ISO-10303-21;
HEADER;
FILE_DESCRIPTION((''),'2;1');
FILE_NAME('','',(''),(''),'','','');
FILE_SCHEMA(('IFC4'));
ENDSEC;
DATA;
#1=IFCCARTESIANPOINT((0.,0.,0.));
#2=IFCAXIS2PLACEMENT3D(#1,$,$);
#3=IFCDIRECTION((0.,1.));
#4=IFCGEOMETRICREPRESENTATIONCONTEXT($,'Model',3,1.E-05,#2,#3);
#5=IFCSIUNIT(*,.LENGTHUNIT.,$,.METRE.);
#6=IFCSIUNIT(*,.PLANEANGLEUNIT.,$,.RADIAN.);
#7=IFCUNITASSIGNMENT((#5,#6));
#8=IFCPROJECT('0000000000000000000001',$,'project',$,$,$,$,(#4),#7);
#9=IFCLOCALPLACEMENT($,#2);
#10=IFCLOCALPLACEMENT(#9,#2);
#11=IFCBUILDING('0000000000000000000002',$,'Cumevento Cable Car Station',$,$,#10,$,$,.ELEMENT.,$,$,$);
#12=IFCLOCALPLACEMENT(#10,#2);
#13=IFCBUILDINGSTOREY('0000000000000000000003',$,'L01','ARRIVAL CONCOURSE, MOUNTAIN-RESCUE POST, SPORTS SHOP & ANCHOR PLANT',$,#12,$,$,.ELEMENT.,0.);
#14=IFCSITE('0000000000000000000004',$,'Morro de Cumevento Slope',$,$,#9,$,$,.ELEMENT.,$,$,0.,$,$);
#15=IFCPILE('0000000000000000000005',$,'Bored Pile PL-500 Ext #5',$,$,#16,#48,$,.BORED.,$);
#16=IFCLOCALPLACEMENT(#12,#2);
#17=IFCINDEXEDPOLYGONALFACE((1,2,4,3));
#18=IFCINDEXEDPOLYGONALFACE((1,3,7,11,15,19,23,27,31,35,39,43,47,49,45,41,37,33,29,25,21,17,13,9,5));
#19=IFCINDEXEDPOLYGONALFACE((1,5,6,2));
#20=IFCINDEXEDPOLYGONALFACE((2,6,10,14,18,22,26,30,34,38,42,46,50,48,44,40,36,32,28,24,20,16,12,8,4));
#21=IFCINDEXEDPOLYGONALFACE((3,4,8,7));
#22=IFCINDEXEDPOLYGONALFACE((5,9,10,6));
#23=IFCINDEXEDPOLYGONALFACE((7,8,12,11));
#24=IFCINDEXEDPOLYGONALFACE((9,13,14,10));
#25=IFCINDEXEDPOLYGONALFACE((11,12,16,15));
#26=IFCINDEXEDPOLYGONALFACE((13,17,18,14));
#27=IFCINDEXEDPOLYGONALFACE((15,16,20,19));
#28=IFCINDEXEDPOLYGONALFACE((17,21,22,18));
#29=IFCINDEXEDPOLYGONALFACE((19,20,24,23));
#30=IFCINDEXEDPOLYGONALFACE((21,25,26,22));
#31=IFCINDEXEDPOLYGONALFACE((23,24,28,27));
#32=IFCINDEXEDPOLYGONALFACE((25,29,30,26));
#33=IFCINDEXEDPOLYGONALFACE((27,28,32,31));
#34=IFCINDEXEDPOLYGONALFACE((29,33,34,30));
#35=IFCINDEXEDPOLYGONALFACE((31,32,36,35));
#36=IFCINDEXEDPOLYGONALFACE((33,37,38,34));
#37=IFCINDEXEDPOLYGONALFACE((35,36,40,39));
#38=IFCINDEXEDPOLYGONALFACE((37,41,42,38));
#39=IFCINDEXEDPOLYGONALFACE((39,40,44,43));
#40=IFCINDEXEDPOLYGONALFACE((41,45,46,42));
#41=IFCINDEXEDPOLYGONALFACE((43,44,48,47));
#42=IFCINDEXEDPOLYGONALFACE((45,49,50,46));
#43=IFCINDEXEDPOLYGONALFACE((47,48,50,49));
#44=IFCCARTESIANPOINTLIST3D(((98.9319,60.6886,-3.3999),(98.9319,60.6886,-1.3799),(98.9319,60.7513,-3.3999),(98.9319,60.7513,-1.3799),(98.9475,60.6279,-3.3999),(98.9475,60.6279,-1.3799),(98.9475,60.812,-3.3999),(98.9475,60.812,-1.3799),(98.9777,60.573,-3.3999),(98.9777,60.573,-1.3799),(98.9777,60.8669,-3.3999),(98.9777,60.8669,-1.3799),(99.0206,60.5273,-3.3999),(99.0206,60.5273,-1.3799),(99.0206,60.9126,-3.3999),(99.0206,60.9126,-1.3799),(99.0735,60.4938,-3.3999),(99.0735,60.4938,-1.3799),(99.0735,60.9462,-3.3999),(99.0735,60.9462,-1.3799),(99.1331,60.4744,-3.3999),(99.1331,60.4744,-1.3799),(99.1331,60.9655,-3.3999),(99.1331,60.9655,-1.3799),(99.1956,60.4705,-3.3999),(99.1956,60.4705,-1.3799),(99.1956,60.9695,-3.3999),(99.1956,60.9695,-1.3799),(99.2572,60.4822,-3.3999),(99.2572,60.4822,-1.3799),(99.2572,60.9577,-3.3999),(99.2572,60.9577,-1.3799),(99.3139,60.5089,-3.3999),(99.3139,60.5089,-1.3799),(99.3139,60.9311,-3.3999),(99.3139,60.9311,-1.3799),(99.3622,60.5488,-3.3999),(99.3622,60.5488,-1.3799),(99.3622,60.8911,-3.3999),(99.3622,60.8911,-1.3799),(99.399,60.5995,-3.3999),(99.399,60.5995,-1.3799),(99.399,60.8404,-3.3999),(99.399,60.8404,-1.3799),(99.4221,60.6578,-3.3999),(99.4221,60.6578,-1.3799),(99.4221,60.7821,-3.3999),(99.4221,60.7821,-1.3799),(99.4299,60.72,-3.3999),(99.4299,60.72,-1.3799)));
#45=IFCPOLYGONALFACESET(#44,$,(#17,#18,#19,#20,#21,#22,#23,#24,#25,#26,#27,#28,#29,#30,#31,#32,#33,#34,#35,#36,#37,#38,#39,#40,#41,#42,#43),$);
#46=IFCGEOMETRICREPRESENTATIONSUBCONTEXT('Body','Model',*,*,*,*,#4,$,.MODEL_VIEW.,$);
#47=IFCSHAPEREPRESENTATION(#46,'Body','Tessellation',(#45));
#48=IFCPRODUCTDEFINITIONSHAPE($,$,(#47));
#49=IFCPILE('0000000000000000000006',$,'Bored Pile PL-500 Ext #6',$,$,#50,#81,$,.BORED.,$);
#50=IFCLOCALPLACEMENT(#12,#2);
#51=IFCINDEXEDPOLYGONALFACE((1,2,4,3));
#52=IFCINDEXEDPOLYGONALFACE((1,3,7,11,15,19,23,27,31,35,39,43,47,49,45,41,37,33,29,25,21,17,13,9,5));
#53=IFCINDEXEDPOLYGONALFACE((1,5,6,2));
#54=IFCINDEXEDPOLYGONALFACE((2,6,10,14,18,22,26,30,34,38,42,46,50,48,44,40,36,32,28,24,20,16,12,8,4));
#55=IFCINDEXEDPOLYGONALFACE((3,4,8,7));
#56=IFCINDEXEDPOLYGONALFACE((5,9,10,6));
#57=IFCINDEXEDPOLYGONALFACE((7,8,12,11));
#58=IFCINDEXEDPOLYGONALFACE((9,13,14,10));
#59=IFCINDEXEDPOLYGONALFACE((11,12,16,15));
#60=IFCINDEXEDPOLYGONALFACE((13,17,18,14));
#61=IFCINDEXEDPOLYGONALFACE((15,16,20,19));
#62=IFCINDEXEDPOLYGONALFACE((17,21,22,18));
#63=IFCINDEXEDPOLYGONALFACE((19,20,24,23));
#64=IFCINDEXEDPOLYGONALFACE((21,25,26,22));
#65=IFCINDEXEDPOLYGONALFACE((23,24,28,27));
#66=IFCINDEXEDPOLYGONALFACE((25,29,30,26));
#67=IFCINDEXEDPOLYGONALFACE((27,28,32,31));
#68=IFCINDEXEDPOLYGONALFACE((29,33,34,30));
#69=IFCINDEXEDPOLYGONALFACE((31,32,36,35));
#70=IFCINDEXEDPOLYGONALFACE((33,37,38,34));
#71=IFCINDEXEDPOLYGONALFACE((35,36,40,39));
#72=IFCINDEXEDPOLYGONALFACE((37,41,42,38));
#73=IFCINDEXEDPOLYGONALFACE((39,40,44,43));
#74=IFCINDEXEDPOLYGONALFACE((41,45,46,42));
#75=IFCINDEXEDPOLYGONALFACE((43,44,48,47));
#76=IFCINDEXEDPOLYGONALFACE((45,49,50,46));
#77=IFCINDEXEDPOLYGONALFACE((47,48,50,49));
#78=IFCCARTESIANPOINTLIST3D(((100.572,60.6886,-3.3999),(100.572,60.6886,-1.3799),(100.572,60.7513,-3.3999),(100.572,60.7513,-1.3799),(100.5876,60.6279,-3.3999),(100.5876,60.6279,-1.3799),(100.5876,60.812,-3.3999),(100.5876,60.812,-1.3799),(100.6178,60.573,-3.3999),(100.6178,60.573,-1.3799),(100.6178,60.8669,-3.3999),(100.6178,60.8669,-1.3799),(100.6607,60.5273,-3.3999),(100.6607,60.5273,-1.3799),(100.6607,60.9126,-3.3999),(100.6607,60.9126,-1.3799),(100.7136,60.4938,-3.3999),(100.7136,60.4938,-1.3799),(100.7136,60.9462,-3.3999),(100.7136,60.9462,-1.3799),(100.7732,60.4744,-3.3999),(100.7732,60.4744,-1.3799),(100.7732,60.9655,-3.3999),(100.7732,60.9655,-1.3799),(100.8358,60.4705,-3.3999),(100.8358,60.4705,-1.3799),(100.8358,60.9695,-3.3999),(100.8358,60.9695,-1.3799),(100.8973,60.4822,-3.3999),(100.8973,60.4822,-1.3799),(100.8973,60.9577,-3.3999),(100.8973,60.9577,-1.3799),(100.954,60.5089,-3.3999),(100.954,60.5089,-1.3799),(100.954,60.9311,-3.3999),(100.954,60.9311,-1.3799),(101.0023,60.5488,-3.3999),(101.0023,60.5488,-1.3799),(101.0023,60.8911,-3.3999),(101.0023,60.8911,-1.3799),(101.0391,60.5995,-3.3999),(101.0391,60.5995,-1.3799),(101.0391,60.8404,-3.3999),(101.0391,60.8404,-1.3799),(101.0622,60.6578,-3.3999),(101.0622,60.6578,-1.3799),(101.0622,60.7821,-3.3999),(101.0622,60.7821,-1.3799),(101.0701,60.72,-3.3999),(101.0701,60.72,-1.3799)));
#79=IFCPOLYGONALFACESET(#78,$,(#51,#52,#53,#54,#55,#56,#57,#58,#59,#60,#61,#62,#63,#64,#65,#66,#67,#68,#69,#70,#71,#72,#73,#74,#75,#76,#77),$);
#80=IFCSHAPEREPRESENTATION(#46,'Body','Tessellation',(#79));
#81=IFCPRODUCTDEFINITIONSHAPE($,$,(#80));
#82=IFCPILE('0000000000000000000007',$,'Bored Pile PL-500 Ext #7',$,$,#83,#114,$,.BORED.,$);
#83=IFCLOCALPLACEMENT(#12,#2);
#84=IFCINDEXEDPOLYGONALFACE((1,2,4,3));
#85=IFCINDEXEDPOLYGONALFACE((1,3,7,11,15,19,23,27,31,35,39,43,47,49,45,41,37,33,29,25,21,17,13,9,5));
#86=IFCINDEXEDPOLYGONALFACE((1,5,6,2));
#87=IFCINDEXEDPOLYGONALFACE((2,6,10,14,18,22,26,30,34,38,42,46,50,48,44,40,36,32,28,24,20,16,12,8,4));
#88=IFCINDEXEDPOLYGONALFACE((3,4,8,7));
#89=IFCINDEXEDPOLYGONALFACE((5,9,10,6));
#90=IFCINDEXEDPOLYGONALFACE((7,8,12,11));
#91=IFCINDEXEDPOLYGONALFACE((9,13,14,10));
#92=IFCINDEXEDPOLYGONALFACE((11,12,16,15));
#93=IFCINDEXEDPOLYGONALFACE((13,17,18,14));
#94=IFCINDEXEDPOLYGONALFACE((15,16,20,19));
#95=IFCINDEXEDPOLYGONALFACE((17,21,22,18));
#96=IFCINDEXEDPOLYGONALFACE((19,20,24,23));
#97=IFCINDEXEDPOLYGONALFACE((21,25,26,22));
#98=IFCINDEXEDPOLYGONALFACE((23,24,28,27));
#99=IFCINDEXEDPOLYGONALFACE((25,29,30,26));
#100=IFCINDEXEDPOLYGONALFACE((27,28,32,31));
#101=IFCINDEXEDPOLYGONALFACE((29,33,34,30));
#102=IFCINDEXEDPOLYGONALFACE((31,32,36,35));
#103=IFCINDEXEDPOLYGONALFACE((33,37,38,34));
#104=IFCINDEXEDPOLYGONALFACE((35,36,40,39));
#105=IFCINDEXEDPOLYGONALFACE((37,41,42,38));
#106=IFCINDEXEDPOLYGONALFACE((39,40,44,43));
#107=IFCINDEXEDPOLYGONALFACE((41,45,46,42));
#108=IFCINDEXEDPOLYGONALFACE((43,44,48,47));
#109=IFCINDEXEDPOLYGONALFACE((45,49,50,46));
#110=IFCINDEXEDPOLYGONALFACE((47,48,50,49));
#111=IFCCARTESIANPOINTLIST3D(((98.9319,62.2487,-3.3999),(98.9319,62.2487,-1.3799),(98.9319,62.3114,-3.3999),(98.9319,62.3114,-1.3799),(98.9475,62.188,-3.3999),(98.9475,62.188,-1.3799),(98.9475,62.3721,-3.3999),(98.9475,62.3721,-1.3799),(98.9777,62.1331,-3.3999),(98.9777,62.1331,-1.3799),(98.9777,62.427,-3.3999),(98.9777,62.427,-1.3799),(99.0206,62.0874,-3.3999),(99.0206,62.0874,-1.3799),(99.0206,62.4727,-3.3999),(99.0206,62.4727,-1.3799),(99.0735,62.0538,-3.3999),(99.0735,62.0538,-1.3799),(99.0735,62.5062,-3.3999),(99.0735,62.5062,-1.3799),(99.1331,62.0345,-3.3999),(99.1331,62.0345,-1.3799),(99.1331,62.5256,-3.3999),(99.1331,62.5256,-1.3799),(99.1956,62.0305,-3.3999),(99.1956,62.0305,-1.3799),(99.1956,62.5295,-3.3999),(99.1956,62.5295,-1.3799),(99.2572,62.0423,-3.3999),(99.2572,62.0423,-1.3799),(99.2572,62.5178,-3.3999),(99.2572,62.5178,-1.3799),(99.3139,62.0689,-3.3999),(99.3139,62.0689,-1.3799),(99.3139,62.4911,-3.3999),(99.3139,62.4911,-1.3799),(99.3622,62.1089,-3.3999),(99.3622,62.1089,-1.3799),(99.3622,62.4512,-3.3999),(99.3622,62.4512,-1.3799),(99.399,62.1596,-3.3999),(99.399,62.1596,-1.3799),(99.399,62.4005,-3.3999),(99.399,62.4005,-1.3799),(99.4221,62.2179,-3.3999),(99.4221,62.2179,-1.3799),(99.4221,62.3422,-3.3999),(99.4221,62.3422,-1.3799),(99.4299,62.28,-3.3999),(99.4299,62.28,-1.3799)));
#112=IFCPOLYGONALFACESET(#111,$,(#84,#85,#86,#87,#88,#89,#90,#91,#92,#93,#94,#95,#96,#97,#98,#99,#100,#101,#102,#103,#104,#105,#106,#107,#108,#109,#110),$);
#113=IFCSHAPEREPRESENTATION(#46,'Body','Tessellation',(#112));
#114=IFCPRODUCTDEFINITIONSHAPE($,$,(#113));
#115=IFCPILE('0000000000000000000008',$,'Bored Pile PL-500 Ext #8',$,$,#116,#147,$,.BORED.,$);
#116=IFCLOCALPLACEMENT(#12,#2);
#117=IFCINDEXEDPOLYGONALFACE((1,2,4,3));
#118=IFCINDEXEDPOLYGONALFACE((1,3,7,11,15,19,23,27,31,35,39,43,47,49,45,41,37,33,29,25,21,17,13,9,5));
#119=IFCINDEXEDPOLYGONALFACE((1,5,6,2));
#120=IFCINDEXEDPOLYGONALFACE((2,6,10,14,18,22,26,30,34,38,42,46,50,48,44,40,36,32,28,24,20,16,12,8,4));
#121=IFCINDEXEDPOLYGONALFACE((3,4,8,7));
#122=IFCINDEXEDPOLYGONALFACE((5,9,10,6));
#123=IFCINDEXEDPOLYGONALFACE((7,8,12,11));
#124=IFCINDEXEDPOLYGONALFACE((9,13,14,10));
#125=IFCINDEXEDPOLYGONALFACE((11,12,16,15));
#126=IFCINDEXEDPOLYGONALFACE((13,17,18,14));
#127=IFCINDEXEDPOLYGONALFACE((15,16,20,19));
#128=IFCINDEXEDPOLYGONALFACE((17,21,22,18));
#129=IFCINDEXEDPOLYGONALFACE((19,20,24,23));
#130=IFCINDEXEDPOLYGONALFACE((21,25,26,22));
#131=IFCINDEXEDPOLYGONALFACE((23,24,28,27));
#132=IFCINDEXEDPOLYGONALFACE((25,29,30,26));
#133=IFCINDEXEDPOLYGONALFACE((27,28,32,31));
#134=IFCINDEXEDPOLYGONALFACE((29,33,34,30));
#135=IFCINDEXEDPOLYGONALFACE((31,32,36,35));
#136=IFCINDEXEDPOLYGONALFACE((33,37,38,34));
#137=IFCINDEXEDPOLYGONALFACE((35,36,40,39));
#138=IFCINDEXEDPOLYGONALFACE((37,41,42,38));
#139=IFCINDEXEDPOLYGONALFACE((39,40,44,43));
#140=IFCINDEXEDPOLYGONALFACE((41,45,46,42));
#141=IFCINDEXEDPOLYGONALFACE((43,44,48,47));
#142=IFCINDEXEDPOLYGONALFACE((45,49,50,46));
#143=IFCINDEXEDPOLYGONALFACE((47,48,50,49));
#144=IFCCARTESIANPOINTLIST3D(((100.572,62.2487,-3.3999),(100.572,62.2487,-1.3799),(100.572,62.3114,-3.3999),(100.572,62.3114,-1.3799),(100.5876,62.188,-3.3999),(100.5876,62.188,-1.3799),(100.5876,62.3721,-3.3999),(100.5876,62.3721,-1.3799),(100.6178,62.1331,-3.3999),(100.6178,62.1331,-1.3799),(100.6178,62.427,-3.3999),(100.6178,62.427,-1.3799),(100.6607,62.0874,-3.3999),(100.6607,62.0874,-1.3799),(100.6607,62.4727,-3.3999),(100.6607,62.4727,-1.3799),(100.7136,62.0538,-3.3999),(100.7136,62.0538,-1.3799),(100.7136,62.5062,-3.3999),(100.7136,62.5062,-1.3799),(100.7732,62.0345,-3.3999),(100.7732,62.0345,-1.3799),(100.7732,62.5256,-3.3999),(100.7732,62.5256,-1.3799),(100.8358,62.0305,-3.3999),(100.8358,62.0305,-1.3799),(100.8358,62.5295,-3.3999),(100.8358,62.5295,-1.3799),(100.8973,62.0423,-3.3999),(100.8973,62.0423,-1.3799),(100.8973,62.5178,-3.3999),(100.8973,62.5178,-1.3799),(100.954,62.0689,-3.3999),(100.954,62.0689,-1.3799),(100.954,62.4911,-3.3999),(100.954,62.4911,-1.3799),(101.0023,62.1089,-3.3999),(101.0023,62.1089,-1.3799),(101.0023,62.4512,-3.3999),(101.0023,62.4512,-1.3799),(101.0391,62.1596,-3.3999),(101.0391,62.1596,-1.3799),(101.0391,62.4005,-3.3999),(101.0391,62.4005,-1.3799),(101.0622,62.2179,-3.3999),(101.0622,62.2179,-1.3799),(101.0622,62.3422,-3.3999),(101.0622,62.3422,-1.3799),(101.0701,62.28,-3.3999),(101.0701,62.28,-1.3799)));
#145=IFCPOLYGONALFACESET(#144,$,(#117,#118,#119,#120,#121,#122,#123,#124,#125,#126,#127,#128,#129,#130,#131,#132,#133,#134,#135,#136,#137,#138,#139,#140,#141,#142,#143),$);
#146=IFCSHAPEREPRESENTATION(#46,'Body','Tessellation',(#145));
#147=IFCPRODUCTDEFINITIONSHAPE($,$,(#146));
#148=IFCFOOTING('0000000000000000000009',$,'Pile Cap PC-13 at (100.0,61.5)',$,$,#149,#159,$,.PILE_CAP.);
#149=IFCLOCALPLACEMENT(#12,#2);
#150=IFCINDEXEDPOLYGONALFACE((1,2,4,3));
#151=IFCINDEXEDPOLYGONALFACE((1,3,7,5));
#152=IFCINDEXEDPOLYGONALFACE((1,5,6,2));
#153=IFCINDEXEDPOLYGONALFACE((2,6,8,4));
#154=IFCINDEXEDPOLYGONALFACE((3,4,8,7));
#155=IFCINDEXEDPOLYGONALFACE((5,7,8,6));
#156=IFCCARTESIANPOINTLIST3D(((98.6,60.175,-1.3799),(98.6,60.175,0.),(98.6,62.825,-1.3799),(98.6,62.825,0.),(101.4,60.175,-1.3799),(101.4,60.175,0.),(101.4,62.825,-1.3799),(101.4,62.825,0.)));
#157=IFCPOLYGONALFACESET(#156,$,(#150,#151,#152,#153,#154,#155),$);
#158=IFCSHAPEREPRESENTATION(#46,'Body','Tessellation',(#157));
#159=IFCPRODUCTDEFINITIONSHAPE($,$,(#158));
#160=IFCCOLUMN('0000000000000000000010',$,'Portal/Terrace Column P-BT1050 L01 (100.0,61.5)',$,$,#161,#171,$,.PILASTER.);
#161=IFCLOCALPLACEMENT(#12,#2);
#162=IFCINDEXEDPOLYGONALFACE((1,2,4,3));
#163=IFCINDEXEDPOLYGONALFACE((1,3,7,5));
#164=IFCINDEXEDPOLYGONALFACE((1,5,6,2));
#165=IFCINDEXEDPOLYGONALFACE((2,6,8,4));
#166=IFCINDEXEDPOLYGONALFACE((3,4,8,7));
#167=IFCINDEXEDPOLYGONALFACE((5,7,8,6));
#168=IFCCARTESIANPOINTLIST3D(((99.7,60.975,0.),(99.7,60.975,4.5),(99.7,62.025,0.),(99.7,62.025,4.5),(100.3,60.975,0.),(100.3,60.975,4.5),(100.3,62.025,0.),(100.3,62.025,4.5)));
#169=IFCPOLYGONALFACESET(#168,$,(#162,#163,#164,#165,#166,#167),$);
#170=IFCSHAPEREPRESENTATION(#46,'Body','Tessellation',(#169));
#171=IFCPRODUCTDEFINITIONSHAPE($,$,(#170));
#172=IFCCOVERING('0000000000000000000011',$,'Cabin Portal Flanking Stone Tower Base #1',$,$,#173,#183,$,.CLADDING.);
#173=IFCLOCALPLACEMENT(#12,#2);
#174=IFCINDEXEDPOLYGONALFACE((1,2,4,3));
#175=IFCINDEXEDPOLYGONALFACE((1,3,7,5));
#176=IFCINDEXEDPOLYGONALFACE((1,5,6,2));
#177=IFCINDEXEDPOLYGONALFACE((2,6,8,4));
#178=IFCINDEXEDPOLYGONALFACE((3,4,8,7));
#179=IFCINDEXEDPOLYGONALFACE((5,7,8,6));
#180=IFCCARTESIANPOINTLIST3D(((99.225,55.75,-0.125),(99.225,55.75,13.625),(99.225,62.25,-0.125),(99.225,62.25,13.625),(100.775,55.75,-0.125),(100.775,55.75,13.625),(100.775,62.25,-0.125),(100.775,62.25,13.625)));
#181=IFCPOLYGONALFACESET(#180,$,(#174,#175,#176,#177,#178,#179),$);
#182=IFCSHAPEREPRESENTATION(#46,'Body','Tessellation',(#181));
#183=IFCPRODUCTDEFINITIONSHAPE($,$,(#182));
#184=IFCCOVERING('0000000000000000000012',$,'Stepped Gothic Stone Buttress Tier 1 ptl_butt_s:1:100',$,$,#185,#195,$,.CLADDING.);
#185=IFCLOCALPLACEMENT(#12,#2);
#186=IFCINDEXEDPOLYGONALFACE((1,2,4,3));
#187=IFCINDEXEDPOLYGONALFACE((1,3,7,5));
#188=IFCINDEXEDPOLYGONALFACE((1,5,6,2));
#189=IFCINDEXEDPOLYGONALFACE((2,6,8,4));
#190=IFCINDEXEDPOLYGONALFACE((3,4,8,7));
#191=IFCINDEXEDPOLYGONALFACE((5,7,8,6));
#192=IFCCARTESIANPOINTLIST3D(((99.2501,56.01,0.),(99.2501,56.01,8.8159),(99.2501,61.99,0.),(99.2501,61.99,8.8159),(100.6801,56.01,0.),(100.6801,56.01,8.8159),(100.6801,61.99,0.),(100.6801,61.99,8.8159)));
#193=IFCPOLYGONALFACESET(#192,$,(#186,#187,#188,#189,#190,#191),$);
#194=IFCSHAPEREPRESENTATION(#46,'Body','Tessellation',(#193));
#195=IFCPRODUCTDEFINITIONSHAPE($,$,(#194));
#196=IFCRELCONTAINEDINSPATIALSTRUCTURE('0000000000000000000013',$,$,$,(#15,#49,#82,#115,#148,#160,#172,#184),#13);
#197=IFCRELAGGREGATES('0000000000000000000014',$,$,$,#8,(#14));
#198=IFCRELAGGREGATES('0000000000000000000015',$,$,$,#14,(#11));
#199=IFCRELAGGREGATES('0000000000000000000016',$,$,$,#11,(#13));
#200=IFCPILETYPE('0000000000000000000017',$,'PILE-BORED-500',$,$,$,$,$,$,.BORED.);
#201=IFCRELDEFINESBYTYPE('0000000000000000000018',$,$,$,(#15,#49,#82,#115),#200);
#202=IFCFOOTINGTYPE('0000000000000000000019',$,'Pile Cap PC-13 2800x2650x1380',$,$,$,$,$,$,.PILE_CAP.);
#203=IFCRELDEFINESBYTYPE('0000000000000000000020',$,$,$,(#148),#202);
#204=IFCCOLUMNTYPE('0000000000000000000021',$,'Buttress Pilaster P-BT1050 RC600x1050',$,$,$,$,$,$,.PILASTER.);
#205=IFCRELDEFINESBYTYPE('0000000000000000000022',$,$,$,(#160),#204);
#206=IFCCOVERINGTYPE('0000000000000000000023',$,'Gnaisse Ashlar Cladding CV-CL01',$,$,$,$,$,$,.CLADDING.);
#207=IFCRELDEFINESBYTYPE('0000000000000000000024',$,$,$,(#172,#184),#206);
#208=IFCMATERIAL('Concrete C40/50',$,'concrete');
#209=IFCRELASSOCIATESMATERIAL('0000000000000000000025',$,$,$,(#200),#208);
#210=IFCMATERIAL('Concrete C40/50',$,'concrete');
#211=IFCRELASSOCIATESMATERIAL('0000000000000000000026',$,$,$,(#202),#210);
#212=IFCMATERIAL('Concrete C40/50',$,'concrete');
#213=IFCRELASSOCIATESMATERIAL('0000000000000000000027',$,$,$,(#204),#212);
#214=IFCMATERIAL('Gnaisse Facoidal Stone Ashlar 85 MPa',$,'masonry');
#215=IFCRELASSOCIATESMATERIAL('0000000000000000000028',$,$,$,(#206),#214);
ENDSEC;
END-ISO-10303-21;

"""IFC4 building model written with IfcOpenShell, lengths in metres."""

from ifc_helpers import new_model, si_unit, direction, frame, origin, origin_2d, place, context, subcontext, project, spatial, rectangle, circle, extrude, material, material_profile, profile_set, type_object, element, save


model = new_model("IFC4")

# Units and contexts
model_context = context("Model", 3, precision=1e-05, world=origin(), true_north=direction((0.0, 1.0)))
body_context = subcontext(model_context, "Body", "Model", "MODEL_VIEW")
ifc_project = project(units=[si_unit("LENGTHUNIT", "METRE"), si_unit("PLANEANGLEUNIT", "RADIAN")], contexts=[model_context])

# Site, building, storey
site_placement = place(None, origin())
site = spatial("IfcSite", under=ifc_project, at=site_placement, Name="Morro de Cumevento Slope", CompositionType="ELEMENT", RefElevation=0.0)
building_placement = place(site_placement, origin())
building = spatial("IfcBuilding", under=site, at=building_placement, Name="Cumevento Cable Car Station", CompositionType="ELEMENT")
storey_placement = place(building_placement, origin())
storey = spatial("IfcBuildingStorey", under=building, at=storey_placement, Name="L01", Description="ARRIVAL CONCOURSE, MOUNTAIN-RESCUE POST, SPORTS SHOP & ANCHOR PLANT", CompositionType="ELEMENT", Elevation=0.0)

# Piles
ifc_material_1 = material(Name="Concrete C40/50", Category="concrete")
ifc_material_profile_1 = material_profile(ifc_material_1, circle(Radius=0.25, at=origin_2d()), Name="PILE-D500")
ifc_profile_set_1 = profile_set([ifc_material_profile_1], Name="Concrete C40/50")
pile_type = type_object("IfcPileType", Name="PILE-BORED-500", PredefinedType="BORED", material=ifc_profile_set_1)
for number, where, z_axis, x_axis, name in (
    (1, (99.1799, 60.72, -1.3799), (0.0, 0.0, -1.0), (1.0, 0.0, 0.0), "Bored Pile PL-500 Ext #5"),
    (2, (100.8201, 60.72, -1.3799), (0.0, 0.0, -1.0), (1.0, 0.0, 0.0), "Bored Pile PL-500 Ext #6"),
    (3, (99.1799, 62.28, -1.3799), (0.0, 0.0, -1.0), (1.0, 0.0, 0.0), "Bored Pile PL-500 Ext #7"),
    (4, (100.8201, 62.28, -1.3799), (0.0, 0.0, -1.0), (1.0, 0.0, 0.0), "Bored Pile PL-500 Ext #8"),
):
    element("IfcPile", number, at=place(storey_placement, frame(where, z_axis=z_axis, x_axis=x_axis)), inside=storey, type_object=pile_type, Name=name, PredefinedType="BORED", context=body_context, shape_type="SweptSolid", body=[
        extrude(circle(Radius=0.25, at=origin_2d()), origin(), (0.0, 0.0, 1.0), 2.02),
    ])

# Footing
ifc_material_2 = material(Name="Concrete C40/50", Category="concrete")
footing_type = type_object("IfcFootingType", Name="Pile Cap PC-13 2800x2650x1380", PredefinedType="PILE_CAP", material=ifc_material_2)
footing_placement = place(storey_placement, frame((100.0, 61.5, -1.3799), z_axis=(0.0, 0.0, 1.0), x_axis=(1.0, 0.0, 0.0)))
element("IfcFooting", 5, at=footing_placement, inside=storey, type_object=footing_type, Name="Pile Cap PC-13 at (100.0,61.5)", PredefinedType="PILE_CAP", context=body_context, shape_type="SweptSolid", body=[
    extrude(rectangle(XDim=2.8, YDim=2.6499, at=origin_2d()), origin(), (0.0, 0.0, 1.0), 1.3799),
])

# Column
ifc_material_3 = material(Name="Concrete C40/50", Category="concrete")
ifc_material_profile_2 = material_profile(ifc_material_3, rectangle(XDim=0.6001, YDim=1.05, at=origin_2d()), Name="RC600x1050")
ifc_profile_set_2 = profile_set([ifc_material_profile_2], Name="Concrete C40/50")
column_type = type_object("IfcColumnType", Name="Buttress Pilaster P-BT1050 RC600x1050", PredefinedType="PILASTER", material=ifc_profile_set_2)
column_placement = place(storey_placement, frame((100.0, 61.5, 0.0), z_axis=(0.0, 0.0, 1.0), x_axis=(1.0, 0.0, 0.0)))
element("IfcColumn", 6, at=column_placement, inside=storey, type_object=column_type, Name="Portal/Terrace Column P-BT1050 L01 (100.0,61.5)", PredefinedType="PILASTER", context=body_context, shape_type="SweptSolid", body=[
    extrude(rectangle(XDim=0.6001, YDim=1.05, at=origin_2d()), origin(), (0.0, 0.0, 1.0), 4.5),
])

# Coverings
ifc_material_4 = material(Name="Gnaisse Facoidal Stone Ashlar 85 MPa", Category="masonry")
covering_type = type_object("IfcCoveringType", Name="Gnaisse Ashlar Cladding CV-CL01", PredefinedType="CLADDING", material=ifc_material_4)
covering_1_placement = place(storey_placement, frame((100.0, 59.0, -0.125), z_axis=(0.0, 0.0, 1.0), x_axis=(1.0, 0.0, 0.0)))
element("IfcCovering", 7, at=covering_1_placement, inside=storey, type_object=covering_type, Name="Cabin Portal Flanking Stone Tower Base #1", PredefinedType="CLADDING", context=body_context, shape_type="SweptSolid", body=[
    extrude(rectangle(XDim=1.55, YDim=6.5, at=origin_2d()), origin(), (0.0, 0.0, 1.0), 13.75),
])
covering_2_placement = place(storey_placement, frame((99.9651, 59.0, 0.0), z_axis=(0.0, 0.0, 1.0), x_axis=(0.0, 1.0, 0.0)))
element("IfcCovering", 8, at=covering_2_placement, inside=storey, type_object=covering_type, Name="Stepped Gothic Stone Buttress Tier 1 ptl_butt_s:1:100", PredefinedType="CLADDING", context=body_context, shape_type="SweptSolid", body=[
    extrude(rectangle(XDim=5.98, YDim=1.4299, at=origin_2d()), origin(), (0.0, 0.0, 1.0), 8.8159),
])

save(model, "model.ifc")
